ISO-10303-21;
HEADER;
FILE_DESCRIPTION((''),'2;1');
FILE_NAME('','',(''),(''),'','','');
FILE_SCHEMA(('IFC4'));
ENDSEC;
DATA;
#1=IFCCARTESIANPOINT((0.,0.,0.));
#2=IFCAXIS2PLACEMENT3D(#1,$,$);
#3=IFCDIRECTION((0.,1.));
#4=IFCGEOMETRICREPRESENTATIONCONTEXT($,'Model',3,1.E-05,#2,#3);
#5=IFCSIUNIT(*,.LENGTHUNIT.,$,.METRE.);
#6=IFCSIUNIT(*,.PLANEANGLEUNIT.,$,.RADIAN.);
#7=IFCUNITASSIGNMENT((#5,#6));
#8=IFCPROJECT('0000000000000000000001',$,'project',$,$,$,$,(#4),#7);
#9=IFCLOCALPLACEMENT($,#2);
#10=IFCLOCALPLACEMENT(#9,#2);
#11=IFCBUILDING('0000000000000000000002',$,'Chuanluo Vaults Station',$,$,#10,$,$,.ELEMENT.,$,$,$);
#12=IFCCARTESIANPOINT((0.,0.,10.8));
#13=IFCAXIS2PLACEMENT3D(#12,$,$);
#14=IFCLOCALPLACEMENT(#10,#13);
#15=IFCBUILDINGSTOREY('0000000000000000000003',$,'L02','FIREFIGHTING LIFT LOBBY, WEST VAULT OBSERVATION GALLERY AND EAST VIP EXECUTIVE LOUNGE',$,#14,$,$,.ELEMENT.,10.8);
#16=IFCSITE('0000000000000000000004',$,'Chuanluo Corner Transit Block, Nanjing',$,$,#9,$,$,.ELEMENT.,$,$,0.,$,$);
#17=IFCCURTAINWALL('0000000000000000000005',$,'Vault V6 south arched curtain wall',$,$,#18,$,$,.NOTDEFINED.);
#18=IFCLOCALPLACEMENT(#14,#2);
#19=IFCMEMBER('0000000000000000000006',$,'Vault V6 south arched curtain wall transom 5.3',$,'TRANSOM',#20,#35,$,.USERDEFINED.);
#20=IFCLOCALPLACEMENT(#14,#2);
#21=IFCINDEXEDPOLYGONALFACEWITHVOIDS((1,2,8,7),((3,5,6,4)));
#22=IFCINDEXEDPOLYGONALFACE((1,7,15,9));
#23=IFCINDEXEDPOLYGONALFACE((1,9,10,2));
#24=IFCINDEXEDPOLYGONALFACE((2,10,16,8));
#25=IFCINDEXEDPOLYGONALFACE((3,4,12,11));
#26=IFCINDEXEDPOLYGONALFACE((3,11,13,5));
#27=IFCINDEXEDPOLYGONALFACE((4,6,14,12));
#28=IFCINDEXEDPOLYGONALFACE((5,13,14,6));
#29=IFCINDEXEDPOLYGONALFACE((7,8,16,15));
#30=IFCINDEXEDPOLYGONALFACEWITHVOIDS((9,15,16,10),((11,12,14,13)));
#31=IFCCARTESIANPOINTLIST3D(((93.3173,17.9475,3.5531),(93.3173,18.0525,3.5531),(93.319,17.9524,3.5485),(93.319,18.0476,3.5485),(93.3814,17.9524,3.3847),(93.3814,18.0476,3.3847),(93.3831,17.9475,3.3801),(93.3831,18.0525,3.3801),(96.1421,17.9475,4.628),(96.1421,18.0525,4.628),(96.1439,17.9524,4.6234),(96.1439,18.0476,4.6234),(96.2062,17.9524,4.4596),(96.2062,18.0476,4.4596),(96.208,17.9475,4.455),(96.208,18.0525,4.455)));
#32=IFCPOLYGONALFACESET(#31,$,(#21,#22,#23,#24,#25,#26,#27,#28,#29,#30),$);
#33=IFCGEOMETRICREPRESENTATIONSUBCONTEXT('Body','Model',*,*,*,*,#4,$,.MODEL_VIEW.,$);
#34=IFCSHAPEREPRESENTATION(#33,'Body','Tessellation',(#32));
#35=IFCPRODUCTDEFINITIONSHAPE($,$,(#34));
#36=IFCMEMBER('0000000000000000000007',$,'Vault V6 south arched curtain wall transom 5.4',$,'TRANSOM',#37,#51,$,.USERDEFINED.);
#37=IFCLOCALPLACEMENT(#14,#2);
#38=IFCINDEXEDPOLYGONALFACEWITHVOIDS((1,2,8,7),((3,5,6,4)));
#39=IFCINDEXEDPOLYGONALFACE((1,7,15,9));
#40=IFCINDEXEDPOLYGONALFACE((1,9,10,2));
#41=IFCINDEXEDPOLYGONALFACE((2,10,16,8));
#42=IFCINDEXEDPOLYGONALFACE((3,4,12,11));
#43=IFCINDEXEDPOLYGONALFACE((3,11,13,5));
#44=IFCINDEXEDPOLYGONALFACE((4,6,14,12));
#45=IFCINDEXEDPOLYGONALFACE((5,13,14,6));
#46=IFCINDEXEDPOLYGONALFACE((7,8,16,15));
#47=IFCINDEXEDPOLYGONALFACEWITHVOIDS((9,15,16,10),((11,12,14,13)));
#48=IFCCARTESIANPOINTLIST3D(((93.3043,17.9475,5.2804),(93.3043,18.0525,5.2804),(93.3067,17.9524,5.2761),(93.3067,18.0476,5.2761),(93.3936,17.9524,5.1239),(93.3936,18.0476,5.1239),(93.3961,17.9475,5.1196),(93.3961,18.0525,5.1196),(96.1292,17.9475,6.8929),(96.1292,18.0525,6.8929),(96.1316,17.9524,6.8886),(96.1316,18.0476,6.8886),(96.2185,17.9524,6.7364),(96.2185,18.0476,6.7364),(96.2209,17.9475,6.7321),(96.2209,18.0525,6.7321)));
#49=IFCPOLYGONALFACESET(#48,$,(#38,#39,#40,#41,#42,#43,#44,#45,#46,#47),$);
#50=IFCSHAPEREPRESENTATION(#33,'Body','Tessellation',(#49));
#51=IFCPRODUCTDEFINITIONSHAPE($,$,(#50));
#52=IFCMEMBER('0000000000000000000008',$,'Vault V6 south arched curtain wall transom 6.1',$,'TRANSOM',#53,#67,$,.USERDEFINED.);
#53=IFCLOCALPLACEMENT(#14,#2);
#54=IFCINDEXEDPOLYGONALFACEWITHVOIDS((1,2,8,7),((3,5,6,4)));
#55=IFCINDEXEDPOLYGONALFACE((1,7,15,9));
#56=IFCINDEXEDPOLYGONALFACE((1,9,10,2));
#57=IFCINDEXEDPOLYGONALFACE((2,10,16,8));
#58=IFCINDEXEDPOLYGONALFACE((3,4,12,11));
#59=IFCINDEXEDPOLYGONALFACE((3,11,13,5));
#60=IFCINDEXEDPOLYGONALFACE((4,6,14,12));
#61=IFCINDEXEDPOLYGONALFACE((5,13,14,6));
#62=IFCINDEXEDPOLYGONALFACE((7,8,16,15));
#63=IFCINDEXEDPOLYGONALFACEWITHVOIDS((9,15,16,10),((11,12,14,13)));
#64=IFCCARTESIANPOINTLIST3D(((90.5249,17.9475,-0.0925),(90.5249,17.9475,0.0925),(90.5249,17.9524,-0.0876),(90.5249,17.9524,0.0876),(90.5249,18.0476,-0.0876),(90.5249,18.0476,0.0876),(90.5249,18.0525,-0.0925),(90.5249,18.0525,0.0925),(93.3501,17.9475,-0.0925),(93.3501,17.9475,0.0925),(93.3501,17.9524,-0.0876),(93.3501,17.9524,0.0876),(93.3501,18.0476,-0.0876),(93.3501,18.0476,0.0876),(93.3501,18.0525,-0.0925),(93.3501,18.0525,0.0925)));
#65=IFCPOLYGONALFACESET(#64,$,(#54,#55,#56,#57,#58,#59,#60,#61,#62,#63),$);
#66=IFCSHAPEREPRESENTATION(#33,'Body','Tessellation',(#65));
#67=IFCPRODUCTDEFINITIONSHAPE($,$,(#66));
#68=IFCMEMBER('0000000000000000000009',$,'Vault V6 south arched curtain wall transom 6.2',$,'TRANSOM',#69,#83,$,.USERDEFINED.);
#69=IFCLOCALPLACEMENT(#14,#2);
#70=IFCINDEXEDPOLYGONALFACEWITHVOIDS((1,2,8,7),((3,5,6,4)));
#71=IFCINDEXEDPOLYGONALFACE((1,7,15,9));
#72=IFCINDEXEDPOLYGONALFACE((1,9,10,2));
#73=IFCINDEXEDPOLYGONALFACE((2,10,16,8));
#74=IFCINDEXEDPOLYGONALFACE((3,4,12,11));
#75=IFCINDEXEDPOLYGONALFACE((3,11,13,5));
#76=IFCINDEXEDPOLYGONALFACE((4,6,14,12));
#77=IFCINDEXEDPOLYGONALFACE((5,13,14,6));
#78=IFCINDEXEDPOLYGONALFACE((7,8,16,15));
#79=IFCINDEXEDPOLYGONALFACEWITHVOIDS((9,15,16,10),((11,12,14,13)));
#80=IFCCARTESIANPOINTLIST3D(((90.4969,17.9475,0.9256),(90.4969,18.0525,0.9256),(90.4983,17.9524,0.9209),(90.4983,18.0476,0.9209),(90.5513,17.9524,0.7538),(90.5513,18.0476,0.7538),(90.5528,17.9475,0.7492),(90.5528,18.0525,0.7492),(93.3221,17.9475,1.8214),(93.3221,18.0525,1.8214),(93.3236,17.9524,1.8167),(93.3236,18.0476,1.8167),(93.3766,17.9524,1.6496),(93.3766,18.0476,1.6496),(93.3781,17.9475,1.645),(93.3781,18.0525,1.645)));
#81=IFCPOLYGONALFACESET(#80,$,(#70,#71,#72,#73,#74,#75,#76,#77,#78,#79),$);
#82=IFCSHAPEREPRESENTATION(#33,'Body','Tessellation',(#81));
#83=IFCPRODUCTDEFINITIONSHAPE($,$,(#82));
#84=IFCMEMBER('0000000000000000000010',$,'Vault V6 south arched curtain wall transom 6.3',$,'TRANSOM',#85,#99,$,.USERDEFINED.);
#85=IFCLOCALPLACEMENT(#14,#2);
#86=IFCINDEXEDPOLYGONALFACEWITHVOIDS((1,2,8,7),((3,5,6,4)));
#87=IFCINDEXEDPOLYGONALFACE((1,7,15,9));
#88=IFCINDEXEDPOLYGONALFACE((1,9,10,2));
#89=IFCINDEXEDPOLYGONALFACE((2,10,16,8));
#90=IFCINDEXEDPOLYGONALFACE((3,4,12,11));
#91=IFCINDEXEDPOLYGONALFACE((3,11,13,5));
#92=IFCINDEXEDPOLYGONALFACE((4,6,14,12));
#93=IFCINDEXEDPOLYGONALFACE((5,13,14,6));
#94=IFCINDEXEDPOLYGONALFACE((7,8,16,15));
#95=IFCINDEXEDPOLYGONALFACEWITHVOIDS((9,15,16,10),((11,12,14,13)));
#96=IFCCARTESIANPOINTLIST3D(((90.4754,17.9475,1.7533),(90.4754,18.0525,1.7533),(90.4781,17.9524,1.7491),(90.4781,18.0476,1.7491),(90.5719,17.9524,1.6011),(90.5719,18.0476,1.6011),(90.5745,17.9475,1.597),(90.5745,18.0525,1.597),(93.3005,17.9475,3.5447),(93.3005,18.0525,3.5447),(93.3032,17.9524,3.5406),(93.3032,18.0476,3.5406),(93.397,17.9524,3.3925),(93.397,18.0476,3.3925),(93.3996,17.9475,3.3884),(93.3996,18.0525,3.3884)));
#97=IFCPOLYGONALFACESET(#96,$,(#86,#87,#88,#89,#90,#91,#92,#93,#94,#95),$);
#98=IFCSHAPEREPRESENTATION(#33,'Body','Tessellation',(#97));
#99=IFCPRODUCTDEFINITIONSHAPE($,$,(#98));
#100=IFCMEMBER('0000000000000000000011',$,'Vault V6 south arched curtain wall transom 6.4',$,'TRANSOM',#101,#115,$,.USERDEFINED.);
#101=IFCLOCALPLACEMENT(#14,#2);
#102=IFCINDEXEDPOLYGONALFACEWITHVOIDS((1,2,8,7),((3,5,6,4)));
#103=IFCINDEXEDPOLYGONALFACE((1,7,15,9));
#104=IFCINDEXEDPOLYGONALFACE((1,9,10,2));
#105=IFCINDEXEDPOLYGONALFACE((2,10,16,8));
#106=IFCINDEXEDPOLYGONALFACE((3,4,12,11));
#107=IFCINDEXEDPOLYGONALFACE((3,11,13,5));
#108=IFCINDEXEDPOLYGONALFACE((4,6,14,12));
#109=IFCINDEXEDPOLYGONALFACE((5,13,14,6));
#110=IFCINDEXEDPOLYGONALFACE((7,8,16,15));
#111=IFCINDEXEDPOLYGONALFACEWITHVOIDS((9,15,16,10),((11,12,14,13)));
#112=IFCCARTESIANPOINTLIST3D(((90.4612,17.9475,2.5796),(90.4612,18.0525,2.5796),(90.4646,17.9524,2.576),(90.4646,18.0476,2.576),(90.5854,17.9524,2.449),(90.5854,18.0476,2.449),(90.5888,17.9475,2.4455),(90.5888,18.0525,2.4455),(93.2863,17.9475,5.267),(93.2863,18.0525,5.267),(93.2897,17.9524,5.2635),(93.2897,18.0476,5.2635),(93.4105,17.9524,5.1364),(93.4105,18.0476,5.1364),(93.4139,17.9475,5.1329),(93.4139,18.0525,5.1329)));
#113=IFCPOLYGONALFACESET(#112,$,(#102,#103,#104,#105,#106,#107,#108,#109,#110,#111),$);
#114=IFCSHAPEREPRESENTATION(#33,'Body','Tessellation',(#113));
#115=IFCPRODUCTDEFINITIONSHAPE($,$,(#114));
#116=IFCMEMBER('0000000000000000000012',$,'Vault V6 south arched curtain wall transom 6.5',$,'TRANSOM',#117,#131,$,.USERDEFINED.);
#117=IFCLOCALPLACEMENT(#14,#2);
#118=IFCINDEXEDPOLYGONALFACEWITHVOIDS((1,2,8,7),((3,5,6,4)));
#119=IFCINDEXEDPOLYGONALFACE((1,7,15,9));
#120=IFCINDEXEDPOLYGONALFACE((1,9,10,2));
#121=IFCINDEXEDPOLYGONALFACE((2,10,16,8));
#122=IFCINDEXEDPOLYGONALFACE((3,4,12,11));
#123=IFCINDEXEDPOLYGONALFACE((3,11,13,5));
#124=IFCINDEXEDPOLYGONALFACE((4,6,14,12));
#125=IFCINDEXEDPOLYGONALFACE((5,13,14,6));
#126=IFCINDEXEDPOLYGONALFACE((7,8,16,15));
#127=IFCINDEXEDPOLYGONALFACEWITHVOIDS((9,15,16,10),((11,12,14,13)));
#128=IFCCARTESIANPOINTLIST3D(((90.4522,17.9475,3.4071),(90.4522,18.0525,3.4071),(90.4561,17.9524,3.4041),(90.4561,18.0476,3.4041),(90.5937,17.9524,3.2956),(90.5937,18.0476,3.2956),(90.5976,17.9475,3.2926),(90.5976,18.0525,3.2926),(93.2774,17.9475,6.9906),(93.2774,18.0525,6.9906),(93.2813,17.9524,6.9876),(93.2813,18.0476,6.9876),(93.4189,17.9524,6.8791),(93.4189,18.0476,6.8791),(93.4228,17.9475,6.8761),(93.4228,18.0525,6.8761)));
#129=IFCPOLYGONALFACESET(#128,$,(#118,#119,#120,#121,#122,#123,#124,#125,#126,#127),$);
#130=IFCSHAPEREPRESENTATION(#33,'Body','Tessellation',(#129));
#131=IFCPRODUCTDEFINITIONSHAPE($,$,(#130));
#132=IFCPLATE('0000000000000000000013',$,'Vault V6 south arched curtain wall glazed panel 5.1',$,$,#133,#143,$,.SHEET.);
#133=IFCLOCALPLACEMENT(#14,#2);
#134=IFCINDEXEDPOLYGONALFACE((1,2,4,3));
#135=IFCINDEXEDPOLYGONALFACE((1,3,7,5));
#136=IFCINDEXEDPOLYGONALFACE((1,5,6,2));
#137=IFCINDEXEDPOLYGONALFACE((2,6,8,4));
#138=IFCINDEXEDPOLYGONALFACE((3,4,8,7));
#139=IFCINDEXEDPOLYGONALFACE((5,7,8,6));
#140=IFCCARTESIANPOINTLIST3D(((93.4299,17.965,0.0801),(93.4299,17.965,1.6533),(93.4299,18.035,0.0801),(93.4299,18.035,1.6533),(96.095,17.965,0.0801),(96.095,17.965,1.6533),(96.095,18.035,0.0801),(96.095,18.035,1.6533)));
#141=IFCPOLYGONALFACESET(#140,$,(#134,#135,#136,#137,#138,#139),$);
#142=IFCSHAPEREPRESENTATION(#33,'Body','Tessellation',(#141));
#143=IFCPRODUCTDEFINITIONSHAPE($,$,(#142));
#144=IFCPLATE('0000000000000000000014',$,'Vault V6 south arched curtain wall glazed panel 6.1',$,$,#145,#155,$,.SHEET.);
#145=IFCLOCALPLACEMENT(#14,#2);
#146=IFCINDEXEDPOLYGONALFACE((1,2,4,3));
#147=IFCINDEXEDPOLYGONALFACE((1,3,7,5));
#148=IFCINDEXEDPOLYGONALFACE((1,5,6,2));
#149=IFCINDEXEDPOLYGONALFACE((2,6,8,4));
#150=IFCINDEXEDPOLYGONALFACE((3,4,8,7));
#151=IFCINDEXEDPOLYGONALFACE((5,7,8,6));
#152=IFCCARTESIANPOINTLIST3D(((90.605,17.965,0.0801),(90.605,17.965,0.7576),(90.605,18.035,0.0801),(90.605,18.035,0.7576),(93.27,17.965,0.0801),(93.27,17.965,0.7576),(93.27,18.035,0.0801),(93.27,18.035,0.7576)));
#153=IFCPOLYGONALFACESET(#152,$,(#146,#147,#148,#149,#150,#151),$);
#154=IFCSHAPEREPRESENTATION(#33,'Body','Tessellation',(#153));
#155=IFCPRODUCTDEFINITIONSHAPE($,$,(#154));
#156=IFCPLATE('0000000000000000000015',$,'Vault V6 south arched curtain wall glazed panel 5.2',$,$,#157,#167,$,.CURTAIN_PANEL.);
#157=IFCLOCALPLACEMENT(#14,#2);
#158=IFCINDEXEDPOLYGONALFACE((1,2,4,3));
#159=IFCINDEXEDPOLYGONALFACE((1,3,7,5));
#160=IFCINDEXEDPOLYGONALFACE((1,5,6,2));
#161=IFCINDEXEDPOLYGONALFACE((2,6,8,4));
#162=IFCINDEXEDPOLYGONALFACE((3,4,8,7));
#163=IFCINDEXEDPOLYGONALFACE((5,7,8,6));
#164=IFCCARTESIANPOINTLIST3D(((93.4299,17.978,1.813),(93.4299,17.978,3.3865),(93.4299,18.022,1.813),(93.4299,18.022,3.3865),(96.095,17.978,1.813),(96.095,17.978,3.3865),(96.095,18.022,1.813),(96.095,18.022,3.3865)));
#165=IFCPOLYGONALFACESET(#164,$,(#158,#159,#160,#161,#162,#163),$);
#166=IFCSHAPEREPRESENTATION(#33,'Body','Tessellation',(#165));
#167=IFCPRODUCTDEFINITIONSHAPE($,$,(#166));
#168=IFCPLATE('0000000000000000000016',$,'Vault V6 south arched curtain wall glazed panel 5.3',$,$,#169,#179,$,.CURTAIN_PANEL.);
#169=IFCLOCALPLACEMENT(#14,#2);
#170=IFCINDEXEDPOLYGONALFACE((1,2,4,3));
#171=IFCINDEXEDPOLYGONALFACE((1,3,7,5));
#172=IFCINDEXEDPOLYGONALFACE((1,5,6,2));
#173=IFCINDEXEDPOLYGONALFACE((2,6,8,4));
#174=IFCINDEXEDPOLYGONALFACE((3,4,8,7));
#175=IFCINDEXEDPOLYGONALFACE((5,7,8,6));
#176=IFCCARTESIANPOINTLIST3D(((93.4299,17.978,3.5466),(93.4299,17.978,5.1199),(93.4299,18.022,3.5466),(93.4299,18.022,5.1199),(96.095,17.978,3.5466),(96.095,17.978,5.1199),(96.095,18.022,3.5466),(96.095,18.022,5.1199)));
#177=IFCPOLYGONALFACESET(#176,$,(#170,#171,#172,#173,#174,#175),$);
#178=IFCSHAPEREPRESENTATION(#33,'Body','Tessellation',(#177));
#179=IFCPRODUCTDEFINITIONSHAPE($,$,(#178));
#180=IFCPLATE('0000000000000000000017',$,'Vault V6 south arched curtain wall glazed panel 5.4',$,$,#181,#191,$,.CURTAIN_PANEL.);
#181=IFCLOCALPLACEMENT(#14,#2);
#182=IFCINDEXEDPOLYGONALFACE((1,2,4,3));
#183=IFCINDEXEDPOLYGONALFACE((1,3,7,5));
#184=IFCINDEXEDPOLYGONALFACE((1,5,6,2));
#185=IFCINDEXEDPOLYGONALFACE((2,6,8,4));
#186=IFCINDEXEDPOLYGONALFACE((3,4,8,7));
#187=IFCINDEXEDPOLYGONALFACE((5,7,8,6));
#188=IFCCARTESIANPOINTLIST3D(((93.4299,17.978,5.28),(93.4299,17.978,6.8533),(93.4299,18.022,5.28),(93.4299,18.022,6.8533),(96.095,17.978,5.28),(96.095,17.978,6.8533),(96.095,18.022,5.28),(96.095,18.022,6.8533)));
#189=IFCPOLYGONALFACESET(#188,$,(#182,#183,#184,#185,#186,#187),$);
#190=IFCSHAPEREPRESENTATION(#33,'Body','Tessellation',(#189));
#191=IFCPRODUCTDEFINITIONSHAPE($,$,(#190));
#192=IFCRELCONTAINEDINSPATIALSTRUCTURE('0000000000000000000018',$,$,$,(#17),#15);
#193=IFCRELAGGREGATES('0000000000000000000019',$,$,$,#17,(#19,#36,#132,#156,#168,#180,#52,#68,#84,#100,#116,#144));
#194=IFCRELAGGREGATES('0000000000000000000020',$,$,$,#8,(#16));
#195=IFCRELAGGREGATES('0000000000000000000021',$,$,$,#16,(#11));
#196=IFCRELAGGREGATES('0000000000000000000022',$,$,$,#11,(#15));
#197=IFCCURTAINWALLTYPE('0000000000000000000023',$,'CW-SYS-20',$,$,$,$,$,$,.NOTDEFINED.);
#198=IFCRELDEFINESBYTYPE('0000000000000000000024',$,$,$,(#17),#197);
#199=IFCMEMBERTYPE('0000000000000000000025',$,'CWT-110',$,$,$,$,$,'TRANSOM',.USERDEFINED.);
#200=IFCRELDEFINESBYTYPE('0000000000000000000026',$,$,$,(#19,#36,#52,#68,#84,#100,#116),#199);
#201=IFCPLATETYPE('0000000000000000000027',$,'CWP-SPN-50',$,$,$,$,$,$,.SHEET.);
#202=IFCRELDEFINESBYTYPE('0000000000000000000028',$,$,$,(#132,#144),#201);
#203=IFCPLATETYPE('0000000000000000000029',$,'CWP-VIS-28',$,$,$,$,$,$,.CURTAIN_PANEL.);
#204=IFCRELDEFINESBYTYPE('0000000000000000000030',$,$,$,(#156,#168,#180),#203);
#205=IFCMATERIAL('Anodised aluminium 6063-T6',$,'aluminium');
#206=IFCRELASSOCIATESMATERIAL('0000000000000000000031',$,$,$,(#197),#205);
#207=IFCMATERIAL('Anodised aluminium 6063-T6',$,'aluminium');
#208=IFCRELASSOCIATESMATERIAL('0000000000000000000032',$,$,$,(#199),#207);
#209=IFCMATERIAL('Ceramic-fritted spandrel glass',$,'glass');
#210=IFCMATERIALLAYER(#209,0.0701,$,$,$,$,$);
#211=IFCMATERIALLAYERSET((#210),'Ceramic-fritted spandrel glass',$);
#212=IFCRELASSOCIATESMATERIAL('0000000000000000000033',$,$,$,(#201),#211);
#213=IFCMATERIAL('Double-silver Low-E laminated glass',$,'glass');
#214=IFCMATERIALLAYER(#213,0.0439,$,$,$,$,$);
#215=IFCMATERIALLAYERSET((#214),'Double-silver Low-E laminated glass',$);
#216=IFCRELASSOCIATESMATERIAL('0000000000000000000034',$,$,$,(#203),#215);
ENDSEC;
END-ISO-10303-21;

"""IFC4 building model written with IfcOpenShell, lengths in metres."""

from ifc_helpers import new_model, si_unit, direction, frame, origin, origin_2d, place, context, subcontext, project, spatial, rectangle, hollow_rectangle, extrude, material, layer, layer_set, material_profile, profile_set, type_object, element, aggregate, save


model = new_model("IFC4")

# Units and contexts
model_context = context("Model", 3, precision=1e-05, world=origin(), true_north=direction((0.0, 1.0)))
body_context = subcontext(model_context, "Body", "Model", "MODEL_VIEW")
ifc_project = project(units=[si_unit("LENGTHUNIT", "METRE"), si_unit("PLANEANGLEUNIT", "RADIAN")], contexts=[model_context])

# Site, building, storey
site_placement = place(None, origin())
site = spatial("IfcSite", under=ifc_project, at=site_placement, Name="Chuanluo Corner Transit Block, Nanjing", CompositionType="ELEMENT", RefElevation=0.0)
building_placement = place(site_placement, origin())
building = spatial("IfcBuilding", under=site, at=building_placement, Name="Chuanluo Vaults Station", CompositionType="ELEMENT")
storey_placement = place(building_placement, frame((0.0, 0.0, 10.8)))
storey = spatial("IfcBuildingStorey", under=building, at=storey_placement, Name="L02", Description="FIREFIGHTING LIFT LOBBY, WEST VAULT OBSERVATION GALLERY AND EAST VIP EXECUTIVE LOUNGE", CompositionType="ELEMENT", Elevation=10.8)

# Curtain wall, members, plates
ifc_material_1 = material(Name="Anodised aluminium 6063-T6", Category="aluminium")
curtain_wall_type = type_object("IfcCurtainWallType", Name="CW-SYS-20", PredefinedType="NOTDEFINED", material=ifc_material_1)
curtain_wall_placement = place(storey_placement, origin())
curtain_wall = element("IfcCurtainWall", 1, at=curtain_wall_placement, inside=storey, type_object=curtain_wall_type, Name="Vault V6 south arched curtain wall", PredefinedType="NOTDEFINED")
ifc_material_2 = material(Name="Anodised aluminium 6063-T6", Category="aluminium")
ifc_material_profile_1 = material_profile(ifc_material_2, hollow_rectangle(XDim=0.105, YDim=0.1851, WallThickness=0.0049, at=origin_2d()))
ifc_profile_set_1 = profile_set([ifc_material_profile_1], Name="Anodised aluminium 6063-T6")
member_type_1 = type_object("IfcMemberType", Name="CWT-110", ElementType="TRANSOM", PredefinedType="USERDEFINED", material=ifc_profile_set_1)
member_1_placement = place(storey_placement, frame((96.175, 18.0, 4.5415), z_axis=(-0.934622, 0.0, -0.355643), x_axis=(0.0, -1.0, 0.0)))
member_1 = element("IfcMember", 2, at=member_1_placement, type_object=member_type_1, Name="Vault V6 south arched curtain wall transom 5.3", ObjectType="TRANSOM", PredefinedType="USERDEFINED", context=body_context, shape_type="SweptSolid", body=[
    extrude(hollow_rectangle(XDim=0.105, YDim=0.1851, WallThickness=0.0049, at=origin_2d()), origin(), (0.0, 0.0, 1.0), 3.0225),
])
member_2_placement = place(storey_placement, frame((96.175, 18.0, 6.8125), z_axis=(-0.868469, 0.0, -0.495743), x_axis=(0.0, -1.0, 0.0)))
member_2 = element("IfcMember", 3, at=member_2_placement, type_object=member_type_1, Name="Vault V6 south arched curtain wall transom 5.4", ObjectType="TRANSOM", PredefinedType="USERDEFINED", context=body_context, shape_type="SweptSolid", body=[
    extrude(hollow_rectangle(XDim=0.105, YDim=0.1851, WallThickness=0.0049, at=origin_2d()), origin(), (0.0, 0.0, 1.0), 3.2527),
])
member_3_placement = place(storey_placement, frame((93.3501, 18.0, 0.0), z_axis=(-1.0, 0.0, 0.0), x_axis=(0.0, -1.0, 0.0)))
member_3 = element("IfcMember", 4, at=member_3_placement, type_object=member_type_1, Name="Vault V6 south arched curtain wall transom 6.1", ObjectType="TRANSOM", PredefinedType="USERDEFINED", context=body_context, shape_type="SweptSolid", body=[
    extrude(hollow_rectangle(XDim=0.105, YDim=0.1851, WallThickness=0.0049, at=origin_2d()), origin(), (0.0, 0.0, 1.0), 2.8252),
])
member_4_placement = place(storey_placement, frame((93.3501, 18.0, 1.7332), z_axis=(-0.953235, 0.0, -0.302231), x_axis=(0.0, -1.0, 0.0)))
member_4 = element("IfcMember", 5, at=member_4_placement, type_object=member_type_1, Name="Vault V6 south arched curtain wall transom 6.2", ObjectType="TRANSOM", PredefinedType="USERDEFINED", context=body_context, shape_type="SweptSolid", body=[
    extrude(hollow_rectangle(XDim=0.105, YDim=0.1851, WallThickness=0.0049, at=origin_2d()), origin(), (0.0, 0.0, 1.0), 2.9639),
])
member_5_placement = place(storey_placement, frame((93.3501, 18.0, 3.4666), z_axis=(-0.84452, 0.0, -0.535524), x_axis=(0.0, -1.0, 0.0)))
member_5 = element("IfcMember", 6, at=member_5_placement, type_object=member_type_1, Name="Vault V6 south arched curtain wall transom 6.3", ObjectType="TRANSOM", PredefinedType="USERDEFINED", context=body_context, shape_type="SweptSolid", body=[
    extrude(hollow_rectangle(XDim=0.105, YDim=0.1851, WallThickness=0.0049, at=origin_2d()), origin(), (0.0, 0.0, 1.0), 3.3452),
])
member_6_placement = place(storey_placement, frame((93.3501, 18.0, 5.2), z_axis=(-0.724543, 0.0, -0.68923), x_axis=(0.0, -1.0, 0.0)))
member_6 = element("IfcMember", 7, at=member_6_placement, type_object=member_type_1, Name="Vault V6 south arched curtain wall transom 6.4", ObjectType="TRANSOM", PredefinedType="USERDEFINED", context=body_context, shape_type="SweptSolid", body=[
    extrude(hollow_rectangle(XDim=0.105, YDim=0.1851, WallThickness=0.0049, at=origin_2d()), origin(), (0.0, 0.0, 1.0), 3.8992),
])
member_7_placement = place(storey_placement, frame((93.3501, 18.0, 6.9333), z_axis=(-0.61912, 0.0, -0.785296), x_axis=(0.0, -1.0, 0.0)))
member_7 = element("IfcMember", 8, at=member_7_placement, type_object=member_type_1, Name="Vault V6 south arched curtain wall transom 6.5", ObjectType="TRANSOM", PredefinedType="USERDEFINED", context=body_context, shape_type="SweptSolid", body=[
    extrude(hollow_rectangle(XDim=0.105, YDim=0.1851, WallThickness=0.0049, at=origin_2d()), origin(), (0.0, 0.0, 1.0), 4.5632),
])
ifc_material_3 = material(Name="Ceramic-fritted spandrel glass", Category="glass")
ifc_layer_1 = layer(ifc_material_3, 0.0701)
ifc_layer_set_1 = layer_set([ifc_layer_1], Name="Ceramic-fritted spandrel glass")
plate_type_1 = type_object("IfcPlateType", Name="CWP-SPN-50", PredefinedType="SHEET", material=ifc_layer_set_1)
plate_1_placement = place(storey_placement, frame((94.7625, 18.0, 0.0801), z_axis=(0.0, 0.0, 1.0), x_axis=(-1.0, 0.0, 0.0)))
plate_1 = element("IfcPlate", 9, at=plate_1_placement, type_object=plate_type_1, Name="Vault V6 south arched curtain wall glazed panel 5.1", PredefinedType="SHEET", context=body_context, shape_type="SweptSolid", body=[
    extrude(rectangle(XDim=2.665, YDim=0.0701, at=origin_2d()), origin(), (0.0, 0.0, 1.0), 1.5732),
])
plate_2_placement = place(storey_placement, frame((91.9375, 18.0, 0.0801), z_axis=(0.0, 0.0, 1.0), x_axis=(-1.0, 0.0, 0.0)))
plate_2 = element("IfcPlate", 10, at=plate_2_placement, type_object=plate_type_1, Name="Vault V6 south arched curtain wall glazed panel 6.1", PredefinedType="SHEET", context=body_context, shape_type="SweptSolid", body=[
    extrude(rectangle(XDim=2.665, YDim=0.0701, at=origin_2d()), origin(), (0.0, 0.0, 1.0), 0.6775),
])
ifc_material_4 = material(Name="Double-silver Low-E laminated glass", Category="glass")
ifc_layer_2 = layer(ifc_material_4, 0.0439)
ifc_layer_set_2 = layer_set([ifc_layer_2], Name="Double-silver Low-E laminated glass")
plate_type_2 = type_object("IfcPlateType", Name="CWP-VIS-28", PredefinedType="CURTAIN_PANEL", material=ifc_layer_set_2)
plate_3_placement = place(storey_placement, frame((94.7625, 18.0, 1.813), z_axis=(0.0, 0.0, 1.0), x_axis=(-1.0, 0.0, 0.0)))
plate_3 = element("IfcPlate", 11, at=plate_3_placement, type_object=plate_type_2, Name="Vault V6 south arched curtain wall glazed panel 5.2", PredefinedType="CURTAIN_PANEL", context=body_context, shape_type="SweptSolid", body=[
    extrude(rectangle(XDim=2.665, YDim=0.0439, at=origin_2d()), origin(), (0.0, 0.0, 1.0), 1.5735),
])
plate_4_placement = place(storey_placement, frame((94.7625, 18.0, 3.5466), z_axis=(0.0, 0.0, 1.0), x_axis=(-1.0, 0.0, 0.0)))
plate_4 = element("IfcPlate", 12, at=plate_4_placement, type_object=plate_type_2, Name="Vault V6 south arched curtain wall glazed panel 5.3", PredefinedType="CURTAIN_PANEL", context=body_context, shape_type="SweptSolid", body=[
    extrude(rectangle(XDim=2.665, YDim=0.0439, at=origin_2d()), origin(), (0.0, 0.0, 1.0), 1.5732),
])
plate_5_placement = place(storey_placement, frame((94.7625, 18.0, 5.28), z_axis=(0.0, 0.0, 1.0), x_axis=(-1.0, 0.0, 0.0)))
plate_5 = element("IfcPlate", 13, at=plate_5_placement, type_object=plate_type_2, Name="Vault V6 south arched curtain wall glazed panel 5.4", PredefinedType="CURTAIN_PANEL", context=body_context, shape_type="SweptSolid", body=[
    extrude(rectangle(XDim=2.665, YDim=0.0439, at=origin_2d()), origin(), (0.0, 0.0, 1.0), 1.5732),
])
aggregate(curtain_wall, [member_1, member_2, plate_1, plate_3, plate_4, plate_5, member_3, member_4, member_5, member_6, member_7, plate_2])

save(model, "model.ifc")
